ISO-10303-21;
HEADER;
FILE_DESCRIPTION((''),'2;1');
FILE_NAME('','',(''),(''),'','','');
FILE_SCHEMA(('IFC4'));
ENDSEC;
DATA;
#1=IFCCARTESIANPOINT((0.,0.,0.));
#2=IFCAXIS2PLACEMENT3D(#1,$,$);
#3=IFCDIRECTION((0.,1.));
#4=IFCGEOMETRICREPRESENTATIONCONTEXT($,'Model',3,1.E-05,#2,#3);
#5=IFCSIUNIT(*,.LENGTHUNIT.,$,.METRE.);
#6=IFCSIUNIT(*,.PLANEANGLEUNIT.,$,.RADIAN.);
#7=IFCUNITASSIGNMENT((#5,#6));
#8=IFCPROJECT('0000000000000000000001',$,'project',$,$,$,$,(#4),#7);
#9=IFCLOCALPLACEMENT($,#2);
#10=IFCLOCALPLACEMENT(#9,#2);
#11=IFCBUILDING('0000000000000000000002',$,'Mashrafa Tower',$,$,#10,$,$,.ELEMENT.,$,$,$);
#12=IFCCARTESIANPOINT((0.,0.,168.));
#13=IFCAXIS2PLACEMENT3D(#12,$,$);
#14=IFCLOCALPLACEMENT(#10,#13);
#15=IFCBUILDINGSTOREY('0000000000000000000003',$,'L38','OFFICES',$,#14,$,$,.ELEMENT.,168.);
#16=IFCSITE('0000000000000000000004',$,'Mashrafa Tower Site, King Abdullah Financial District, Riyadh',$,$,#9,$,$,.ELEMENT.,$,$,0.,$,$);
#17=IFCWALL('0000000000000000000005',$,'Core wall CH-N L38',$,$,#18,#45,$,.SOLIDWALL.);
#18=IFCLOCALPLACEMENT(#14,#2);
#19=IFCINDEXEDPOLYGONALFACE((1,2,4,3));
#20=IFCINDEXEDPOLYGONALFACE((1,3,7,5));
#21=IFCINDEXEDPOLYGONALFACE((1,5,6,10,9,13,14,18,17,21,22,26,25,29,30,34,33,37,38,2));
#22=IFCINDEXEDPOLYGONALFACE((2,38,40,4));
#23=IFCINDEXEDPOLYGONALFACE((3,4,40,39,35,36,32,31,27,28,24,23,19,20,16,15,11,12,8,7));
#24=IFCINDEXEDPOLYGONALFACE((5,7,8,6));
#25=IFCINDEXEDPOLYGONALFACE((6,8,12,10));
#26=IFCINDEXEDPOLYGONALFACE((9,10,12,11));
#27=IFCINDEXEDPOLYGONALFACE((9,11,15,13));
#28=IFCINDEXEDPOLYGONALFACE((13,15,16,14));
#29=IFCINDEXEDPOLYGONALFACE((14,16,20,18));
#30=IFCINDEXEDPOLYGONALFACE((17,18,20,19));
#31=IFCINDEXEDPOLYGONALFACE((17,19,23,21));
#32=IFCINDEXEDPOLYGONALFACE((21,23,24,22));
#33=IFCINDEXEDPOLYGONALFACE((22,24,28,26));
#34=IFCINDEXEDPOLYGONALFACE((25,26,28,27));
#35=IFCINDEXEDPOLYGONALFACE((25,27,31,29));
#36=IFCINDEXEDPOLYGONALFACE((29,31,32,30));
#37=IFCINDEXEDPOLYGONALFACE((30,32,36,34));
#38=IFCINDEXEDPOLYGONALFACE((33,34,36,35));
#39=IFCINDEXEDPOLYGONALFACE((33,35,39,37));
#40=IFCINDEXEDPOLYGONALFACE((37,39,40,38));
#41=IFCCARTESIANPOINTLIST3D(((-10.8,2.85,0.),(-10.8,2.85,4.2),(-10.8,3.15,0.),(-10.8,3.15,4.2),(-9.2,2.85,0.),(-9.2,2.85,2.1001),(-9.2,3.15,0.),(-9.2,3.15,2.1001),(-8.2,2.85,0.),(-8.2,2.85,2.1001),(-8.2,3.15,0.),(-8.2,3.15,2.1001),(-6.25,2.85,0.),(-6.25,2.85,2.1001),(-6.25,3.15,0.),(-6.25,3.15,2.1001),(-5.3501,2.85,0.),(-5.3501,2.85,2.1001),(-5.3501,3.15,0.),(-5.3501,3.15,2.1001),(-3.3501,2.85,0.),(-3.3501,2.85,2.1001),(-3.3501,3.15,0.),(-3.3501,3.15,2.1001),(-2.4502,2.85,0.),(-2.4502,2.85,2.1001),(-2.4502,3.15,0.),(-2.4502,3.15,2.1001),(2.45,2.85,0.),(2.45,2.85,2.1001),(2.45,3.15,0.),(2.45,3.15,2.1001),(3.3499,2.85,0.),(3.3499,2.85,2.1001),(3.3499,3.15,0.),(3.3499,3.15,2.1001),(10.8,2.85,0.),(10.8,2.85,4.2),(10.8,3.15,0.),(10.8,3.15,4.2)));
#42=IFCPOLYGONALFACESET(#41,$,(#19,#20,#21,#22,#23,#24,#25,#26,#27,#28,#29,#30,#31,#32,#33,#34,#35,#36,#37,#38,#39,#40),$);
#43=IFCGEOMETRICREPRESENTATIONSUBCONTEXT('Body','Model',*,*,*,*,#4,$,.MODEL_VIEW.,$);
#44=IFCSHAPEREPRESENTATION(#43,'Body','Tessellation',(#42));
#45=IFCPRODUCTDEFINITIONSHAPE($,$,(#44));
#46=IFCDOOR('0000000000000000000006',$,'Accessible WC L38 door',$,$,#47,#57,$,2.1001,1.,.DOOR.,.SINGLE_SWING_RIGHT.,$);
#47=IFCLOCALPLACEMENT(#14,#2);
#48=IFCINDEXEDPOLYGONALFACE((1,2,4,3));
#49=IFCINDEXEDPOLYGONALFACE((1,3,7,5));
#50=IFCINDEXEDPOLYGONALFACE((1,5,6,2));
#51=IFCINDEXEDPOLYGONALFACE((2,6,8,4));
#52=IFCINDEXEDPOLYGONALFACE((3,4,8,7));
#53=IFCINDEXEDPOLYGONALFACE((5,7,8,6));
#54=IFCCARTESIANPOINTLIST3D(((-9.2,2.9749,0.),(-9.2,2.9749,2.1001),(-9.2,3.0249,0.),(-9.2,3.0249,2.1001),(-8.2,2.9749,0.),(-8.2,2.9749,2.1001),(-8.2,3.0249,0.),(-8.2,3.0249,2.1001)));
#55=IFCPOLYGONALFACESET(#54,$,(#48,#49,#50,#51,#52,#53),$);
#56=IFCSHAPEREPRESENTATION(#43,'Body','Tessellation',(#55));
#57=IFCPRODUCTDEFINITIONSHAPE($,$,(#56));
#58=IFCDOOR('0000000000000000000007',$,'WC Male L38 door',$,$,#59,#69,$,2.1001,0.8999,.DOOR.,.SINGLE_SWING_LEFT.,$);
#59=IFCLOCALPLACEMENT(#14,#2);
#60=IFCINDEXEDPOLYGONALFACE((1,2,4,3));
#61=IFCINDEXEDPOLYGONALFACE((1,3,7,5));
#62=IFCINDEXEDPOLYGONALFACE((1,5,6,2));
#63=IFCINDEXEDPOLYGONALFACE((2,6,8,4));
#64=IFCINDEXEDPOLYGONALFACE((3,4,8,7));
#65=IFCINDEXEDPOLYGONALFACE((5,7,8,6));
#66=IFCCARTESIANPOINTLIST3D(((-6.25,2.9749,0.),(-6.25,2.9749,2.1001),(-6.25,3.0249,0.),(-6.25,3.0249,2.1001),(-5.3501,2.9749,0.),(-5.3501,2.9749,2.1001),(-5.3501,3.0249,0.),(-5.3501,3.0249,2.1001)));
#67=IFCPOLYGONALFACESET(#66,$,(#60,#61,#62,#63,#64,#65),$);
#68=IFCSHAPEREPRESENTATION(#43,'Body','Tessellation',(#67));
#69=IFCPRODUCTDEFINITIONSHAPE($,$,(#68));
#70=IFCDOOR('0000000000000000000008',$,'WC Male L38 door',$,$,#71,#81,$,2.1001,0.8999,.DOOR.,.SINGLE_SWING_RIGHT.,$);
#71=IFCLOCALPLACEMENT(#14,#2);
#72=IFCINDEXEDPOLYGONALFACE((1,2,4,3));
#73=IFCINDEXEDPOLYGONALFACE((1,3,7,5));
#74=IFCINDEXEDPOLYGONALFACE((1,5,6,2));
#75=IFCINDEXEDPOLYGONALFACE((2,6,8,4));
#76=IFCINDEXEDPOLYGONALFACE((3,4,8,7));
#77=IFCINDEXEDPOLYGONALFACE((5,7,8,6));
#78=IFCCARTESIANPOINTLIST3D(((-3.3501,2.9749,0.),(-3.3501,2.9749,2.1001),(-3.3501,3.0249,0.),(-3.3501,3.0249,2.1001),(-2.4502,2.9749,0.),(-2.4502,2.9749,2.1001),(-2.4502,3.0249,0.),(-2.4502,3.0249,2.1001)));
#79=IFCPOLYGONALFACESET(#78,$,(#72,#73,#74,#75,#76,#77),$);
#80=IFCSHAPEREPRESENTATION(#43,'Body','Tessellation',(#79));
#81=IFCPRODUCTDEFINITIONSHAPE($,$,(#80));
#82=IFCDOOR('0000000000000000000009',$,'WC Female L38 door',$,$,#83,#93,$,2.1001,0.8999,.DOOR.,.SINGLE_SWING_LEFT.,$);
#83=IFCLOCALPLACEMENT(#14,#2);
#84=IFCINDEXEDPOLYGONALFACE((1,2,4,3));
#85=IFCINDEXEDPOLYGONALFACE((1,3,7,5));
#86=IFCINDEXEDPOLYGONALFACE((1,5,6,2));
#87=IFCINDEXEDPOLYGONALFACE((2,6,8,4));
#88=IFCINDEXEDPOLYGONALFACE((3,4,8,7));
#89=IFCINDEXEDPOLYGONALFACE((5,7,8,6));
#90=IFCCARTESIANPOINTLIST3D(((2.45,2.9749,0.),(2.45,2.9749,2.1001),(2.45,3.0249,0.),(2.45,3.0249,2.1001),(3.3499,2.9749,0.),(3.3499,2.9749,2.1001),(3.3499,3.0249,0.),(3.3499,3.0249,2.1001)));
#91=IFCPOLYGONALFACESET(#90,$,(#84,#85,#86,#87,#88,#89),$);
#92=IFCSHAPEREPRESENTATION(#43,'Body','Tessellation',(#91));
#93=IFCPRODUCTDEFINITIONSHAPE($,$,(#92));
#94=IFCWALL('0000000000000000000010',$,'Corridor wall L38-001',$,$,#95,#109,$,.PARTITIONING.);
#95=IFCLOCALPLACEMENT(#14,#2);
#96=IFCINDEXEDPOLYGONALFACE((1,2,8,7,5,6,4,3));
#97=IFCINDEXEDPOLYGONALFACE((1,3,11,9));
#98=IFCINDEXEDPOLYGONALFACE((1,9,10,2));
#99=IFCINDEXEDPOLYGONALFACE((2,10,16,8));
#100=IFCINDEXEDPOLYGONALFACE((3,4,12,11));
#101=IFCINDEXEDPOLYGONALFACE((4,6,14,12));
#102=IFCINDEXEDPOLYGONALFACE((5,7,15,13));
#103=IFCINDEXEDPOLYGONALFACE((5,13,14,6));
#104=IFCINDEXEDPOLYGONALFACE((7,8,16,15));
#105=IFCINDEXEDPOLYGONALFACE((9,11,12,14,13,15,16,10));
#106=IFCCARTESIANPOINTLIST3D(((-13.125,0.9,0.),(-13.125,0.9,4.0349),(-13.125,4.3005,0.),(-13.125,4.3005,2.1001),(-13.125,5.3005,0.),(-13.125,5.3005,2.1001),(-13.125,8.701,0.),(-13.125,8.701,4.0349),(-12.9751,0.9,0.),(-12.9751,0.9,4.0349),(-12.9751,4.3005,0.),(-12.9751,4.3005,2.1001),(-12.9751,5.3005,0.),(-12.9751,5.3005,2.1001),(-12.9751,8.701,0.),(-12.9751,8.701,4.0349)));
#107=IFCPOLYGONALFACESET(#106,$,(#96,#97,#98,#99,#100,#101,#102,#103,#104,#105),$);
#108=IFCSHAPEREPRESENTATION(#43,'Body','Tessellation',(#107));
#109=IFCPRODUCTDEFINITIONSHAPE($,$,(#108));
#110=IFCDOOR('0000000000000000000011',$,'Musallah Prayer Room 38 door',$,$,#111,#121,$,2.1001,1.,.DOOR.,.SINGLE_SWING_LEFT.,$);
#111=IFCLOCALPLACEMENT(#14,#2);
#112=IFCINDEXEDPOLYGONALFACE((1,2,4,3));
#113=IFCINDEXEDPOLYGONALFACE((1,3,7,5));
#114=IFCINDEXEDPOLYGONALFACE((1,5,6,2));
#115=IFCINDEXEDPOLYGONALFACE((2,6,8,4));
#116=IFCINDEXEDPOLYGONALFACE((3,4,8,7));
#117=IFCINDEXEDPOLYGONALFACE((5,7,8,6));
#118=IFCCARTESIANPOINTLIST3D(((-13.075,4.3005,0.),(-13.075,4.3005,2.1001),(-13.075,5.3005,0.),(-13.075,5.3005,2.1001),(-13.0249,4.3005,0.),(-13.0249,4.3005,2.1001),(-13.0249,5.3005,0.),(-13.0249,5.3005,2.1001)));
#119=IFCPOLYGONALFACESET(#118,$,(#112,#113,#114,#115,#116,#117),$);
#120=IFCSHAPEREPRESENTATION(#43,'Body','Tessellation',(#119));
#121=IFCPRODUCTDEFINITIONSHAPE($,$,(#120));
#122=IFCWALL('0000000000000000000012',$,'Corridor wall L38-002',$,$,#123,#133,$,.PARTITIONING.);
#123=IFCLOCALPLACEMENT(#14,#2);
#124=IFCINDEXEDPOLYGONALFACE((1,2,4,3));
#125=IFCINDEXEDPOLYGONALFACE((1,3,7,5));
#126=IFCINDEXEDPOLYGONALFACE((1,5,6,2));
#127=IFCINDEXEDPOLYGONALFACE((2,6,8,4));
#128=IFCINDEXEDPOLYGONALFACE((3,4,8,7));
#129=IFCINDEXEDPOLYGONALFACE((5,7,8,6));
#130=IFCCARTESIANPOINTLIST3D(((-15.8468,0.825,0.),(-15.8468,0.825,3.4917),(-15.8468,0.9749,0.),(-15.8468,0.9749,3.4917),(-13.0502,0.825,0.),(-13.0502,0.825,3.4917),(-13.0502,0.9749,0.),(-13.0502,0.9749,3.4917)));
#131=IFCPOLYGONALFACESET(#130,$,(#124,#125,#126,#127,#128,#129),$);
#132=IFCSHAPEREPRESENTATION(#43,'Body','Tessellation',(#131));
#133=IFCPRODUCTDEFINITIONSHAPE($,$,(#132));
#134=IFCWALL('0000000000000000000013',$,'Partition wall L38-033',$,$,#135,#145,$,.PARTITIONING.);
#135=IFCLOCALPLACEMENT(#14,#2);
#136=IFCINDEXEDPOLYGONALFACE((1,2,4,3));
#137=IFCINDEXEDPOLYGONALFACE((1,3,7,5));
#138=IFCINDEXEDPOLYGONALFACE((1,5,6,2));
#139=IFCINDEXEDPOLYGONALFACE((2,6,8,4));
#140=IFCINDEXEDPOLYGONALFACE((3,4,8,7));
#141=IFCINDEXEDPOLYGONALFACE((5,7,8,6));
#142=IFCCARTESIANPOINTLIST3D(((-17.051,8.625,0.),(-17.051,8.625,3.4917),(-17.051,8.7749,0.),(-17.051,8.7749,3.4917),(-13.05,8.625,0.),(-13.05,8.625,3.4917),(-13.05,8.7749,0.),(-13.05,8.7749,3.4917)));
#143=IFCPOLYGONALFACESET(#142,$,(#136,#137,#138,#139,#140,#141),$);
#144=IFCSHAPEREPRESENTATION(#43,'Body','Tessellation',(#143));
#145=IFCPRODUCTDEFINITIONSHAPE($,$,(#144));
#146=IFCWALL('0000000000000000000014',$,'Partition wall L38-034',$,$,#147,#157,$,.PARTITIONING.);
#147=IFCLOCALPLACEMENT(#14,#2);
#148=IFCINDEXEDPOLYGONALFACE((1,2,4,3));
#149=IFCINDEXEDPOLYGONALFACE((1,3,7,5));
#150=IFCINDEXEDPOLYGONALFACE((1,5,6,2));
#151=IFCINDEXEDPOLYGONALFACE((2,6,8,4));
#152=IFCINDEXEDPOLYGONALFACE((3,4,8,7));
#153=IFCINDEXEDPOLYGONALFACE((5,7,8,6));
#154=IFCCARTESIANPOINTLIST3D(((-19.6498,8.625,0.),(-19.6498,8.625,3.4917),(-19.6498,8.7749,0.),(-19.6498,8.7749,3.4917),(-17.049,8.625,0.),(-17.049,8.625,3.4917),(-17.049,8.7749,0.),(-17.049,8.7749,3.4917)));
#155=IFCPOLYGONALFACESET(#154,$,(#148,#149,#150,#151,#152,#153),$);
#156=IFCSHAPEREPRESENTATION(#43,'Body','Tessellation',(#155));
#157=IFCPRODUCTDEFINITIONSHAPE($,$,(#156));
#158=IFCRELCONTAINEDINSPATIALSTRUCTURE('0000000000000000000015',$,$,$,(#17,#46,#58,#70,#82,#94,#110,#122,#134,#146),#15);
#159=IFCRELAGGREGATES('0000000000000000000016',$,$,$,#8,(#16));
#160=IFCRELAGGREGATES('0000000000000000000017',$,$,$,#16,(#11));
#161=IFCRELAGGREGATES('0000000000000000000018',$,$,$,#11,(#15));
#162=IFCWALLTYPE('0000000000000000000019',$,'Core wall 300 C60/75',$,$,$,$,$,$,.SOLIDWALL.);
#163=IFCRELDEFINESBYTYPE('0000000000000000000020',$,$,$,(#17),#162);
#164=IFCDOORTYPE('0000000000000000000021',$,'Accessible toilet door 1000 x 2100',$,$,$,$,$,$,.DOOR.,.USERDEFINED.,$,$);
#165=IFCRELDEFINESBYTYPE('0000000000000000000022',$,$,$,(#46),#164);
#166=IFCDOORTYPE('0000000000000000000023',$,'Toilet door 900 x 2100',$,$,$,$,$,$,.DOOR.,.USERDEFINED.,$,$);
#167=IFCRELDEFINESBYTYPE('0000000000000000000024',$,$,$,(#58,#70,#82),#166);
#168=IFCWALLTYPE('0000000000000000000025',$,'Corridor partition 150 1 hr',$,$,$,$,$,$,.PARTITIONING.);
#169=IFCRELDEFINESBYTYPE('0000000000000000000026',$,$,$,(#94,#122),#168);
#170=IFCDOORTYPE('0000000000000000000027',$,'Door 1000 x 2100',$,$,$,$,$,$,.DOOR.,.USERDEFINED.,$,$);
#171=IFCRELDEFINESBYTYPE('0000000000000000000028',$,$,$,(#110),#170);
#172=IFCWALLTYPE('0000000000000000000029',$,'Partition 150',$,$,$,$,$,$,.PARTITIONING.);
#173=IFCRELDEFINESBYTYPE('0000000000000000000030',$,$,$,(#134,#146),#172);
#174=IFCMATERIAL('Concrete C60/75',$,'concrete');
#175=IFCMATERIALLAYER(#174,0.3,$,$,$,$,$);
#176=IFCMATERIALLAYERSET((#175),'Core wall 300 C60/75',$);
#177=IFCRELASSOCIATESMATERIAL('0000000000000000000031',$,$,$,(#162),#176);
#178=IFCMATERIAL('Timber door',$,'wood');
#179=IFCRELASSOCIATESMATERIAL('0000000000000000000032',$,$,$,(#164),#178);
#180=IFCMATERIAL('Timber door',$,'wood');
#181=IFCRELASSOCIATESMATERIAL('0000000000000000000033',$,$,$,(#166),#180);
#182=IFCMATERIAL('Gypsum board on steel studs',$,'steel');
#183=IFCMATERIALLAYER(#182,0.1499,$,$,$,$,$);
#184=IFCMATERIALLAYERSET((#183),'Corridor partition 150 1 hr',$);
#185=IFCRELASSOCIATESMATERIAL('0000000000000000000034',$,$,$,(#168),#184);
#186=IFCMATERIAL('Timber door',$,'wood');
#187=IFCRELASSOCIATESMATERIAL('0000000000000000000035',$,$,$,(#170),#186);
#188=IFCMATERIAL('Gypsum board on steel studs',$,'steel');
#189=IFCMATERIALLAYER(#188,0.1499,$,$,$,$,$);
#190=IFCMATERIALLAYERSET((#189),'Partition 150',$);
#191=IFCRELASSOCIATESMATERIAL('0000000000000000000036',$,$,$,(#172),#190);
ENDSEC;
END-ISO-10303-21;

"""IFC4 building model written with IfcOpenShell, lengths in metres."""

from ifc_helpers import new_model, si_unit, direction, frame, frame_2d, origin, place, context, subcontext, project, spatial, rectangle, extrude, material, layer, layer_set, type_object, element, fill, save


model = new_model("IFC4")

# Units and contexts
model_context = context("Model", 3, precision=1e-05, world=origin(), true_north=direction((0.0, 1.0)))
body_context = subcontext(model_context, "Body", "Model", "MODEL_VIEW")
ifc_project = project(units=[si_unit("LENGTHUNIT", "METRE"), si_unit("PLANEANGLEUNIT", "RADIAN")], contexts=[model_context])

# Site, building, storey
site_placement = place(None, origin())
site = spatial("IfcSite", under=ifc_project, at=site_placement, Name="Mashrafa Tower Site, King Abdullah Financial District, Riyadh", CompositionType="ELEMENT", RefElevation=0.0)
building_placement = place(site_placement, origin())
building = spatial("IfcBuilding", under=site, at=building_placement, Name="Mashrafa Tower", CompositionType="ELEMENT")
storey_placement = place(building_placement, frame((0.0, 0.0, 168.0)))
storey = spatial("IfcBuildingStorey", under=building, at=storey_placement, Name="L38", Description="OFFICES", CompositionType="ELEMENT", Elevation=168.0)

# Wall, openings, doors
ifc_material_1 = material(Name="Concrete C60/75", Category="concrete")
ifc_layer_1 = layer(ifc_material_1, 0.3)
ifc_layer_set_1 = layer_set([ifc_layer_1], Name="Core wall 300 C60/75")
wall_type_1 = type_object("IfcWallType", Name="Core wall 300 C60/75", PredefinedType="SOLIDWALL", material=ifc_layer_set_1)
wall_1_placement = place(storey_placement, frame((-10.8, 3.0, 0.0), z_axis=(0.0, 0.0, 1.0), x_axis=(1.0, 0.0, 0.0)))
wall_1 = element("IfcWall", 1, at=wall_1_placement, inside=storey, type_object=wall_type_1, Name="Core wall CH-N L38", PredefinedType="SOLIDWALL", context=body_context, shape_type="SweptSolid", body=[
    extrude(rectangle(XDim=21.6001, YDim=0.3, at=frame_2d((10.8, 0.0))), origin(), (0.0, 0.0, 1.0), 4.2),
])
opening_1_placement = place(wall_1_placement, frame((1.6001, 0.0, 0.0)))
opening_1 = element("IfcOpeningElement", 2, at=opening_1_placement, cuts=wall_1, PredefinedType="OPENING", context=body_context, shape_type="SweptSolid", body=[
    extrude(rectangle(XDim=1.0, YDim=2.1001, at=frame_2d((0.5, 1.05))), frame((0.0, 0.1599, 0.0), z_axis=(0.0, -1.0, 0.0), x_axis=(1.0, 0.0, 0.0)), (0.0, 0.0, 1.0), 0.3201),
])
opening_2_placement = place(wall_1_placement, frame((4.55, 0.0, 0.0)))
opening_2 = element("IfcOpeningElement", 3, at=opening_2_placement, cuts=wall_1, PredefinedType="OPENING", context=body_context, shape_type="SweptSolid", body=[
    extrude(rectangle(XDim=0.8999, YDim=2.1001, at=frame_2d((0.45, 1.05))), frame((0.0, 0.1599, 0.0), z_axis=(0.0, -1.0, 0.0), x_axis=(1.0, 0.0, 0.0)), (0.0, 0.0, 1.0), 0.3201),
])
opening_3_placement = place(wall_1_placement, frame((7.45, 0.0, 0.0)))
opening_3 = element("IfcOpeningElement", 4, at=opening_3_placement, cuts=wall_1, PredefinedType="OPENING", context=body_context, shape_type="SweptSolid", body=[
    extrude(rectangle(XDim=0.8999, YDim=2.1001, at=frame_2d((0.45, 1.05))), frame((0.0, 0.1599, 0.0), z_axis=(0.0, -1.0, 0.0), x_axis=(1.0, 0.0, 0.0)), (0.0, 0.0, 1.0), 0.3201),
])
opening_4_placement = place(wall_1_placement, frame((13.25, 0.0, 0.0)))
opening_4 = element("IfcOpeningElement", 5, at=opening_4_placement, cuts=wall_1, PredefinedType="OPENING", context=body_context, shape_type="SweptSolid", body=[
    extrude(rectangle(XDim=0.8999, YDim=2.1001, at=frame_2d((0.45, 1.05))), frame((0.0, 0.1599, 0.0), z_axis=(0.0, -1.0, 0.0), x_axis=(1.0, 0.0, 0.0)), (0.0, 0.0, 1.0), 0.3201),
])
ifc_material_2 = material(Name="Timber door", Category="wood")
door_type_1 = type_object("IfcDoorType", Name="Accessible toilet door 1000 x 2100", OperationType="USERDEFINED", PredefinedType="DOOR", material=ifc_material_2)
door_1_placement = place(opening_1_placement, origin())
door_1 = element("IfcDoor", 6, at=door_1_placement, inside=storey, type_object=door_type_1, Name="Accessible WC L38 door", OperationType="SINGLE_SWING_RIGHT", OverallHeight=2.1001, OverallWidth=1.0, PredefinedType="DOOR", context=body_context, shape_type="SweptSolid", body=[
    extrude(rectangle(XDim=1.0, YDim=2.1001, at=frame_2d((0.5, 1.05))), frame((0.0, 0.0249, 0.0), z_axis=(0.0, -1.0, 0.0), x_axis=(1.0, 0.0, 0.0)), (0.0, 0.0, 1.0), 0.05),
])
fill(opening_1, door_1)
ifc_material_3 = material(Name="Timber door", Category="wood")
door_type_2 = type_object("IfcDoorType", Name="Toilet door 900 x 2100", OperationType="USERDEFINED", PredefinedType="DOOR", material=ifc_material_3)
door_2_placement = place(opening_2_placement, origin())
door_2 = element("IfcDoor", 7, at=door_2_placement, inside=storey, type_object=door_type_2, Name="WC Male L38 door", OperationType="SINGLE_SWING_LEFT", OverallHeight=2.1001, OverallWidth=0.8999, PredefinedType="DOOR", context=body_context, shape_type="SweptSolid", body=[
    extrude(rectangle(XDim=0.8999, YDim=2.1001, at=frame_2d((0.45, 1.05))), frame((0.0, 0.0249, 0.0), z_axis=(0.0, -1.0, 0.0), x_axis=(1.0, 0.0, 0.0)), (0.0, 0.0, 1.0), 0.05),
])
fill(opening_2, door_2)
door_3_placement = place(opening_3_placement, origin())
door_3 = element("IfcDoor", 8, at=door_3_placement, inside=storey, type_object=door_type_2, Name="WC Male L38 door", OperationType="SINGLE_SWING_RIGHT", OverallHeight=2.1001, OverallWidth=0.8999, PredefinedType="DOOR", context=body_context, shape_type="SweptSolid", body=[
    extrude(rectangle(XDim=0.8999, YDim=2.1001, at=frame_2d((0.45, 1.05))), frame((0.0, 0.0249, 0.0), z_axis=(0.0, -1.0, 0.0), x_axis=(1.0, 0.0, 0.0)), (0.0, 0.0, 1.0), 0.05),
])
fill(opening_3, door_3)
door_4_placement = place(opening_4_placement, origin())
door_4 = element("IfcDoor", 9, at=door_4_placement, inside=storey, type_object=door_type_2, Name="WC Female L38 door", OperationType="SINGLE_SWING_LEFT", OverallHeight=2.1001, OverallWidth=0.8999, PredefinedType="DOOR", context=body_context, shape_type="SweptSolid", body=[
    extrude(rectangle(XDim=0.8999, YDim=2.1001, at=frame_2d((0.45, 1.05))), frame((0.0, 0.0249, 0.0), z_axis=(0.0, -1.0, 0.0), x_axis=(1.0, 0.0, 0.0)), (0.0, 0.0, 1.0), 0.05),
])
fill(opening_4, door_4)

# Wall, opening, door
ifc_material_4 = material(Name="Gypsum board on steel studs", Category="steel")
ifc_layer_2 = layer(ifc_material_4, 0.1499)
ifc_layer_set_2 = layer_set([ifc_layer_2], Name="Corridor partition 150 1 hr")
wall_type_2 = type_object("IfcWallType", Name="Corridor partition 150 1 hr", PredefinedType="PARTITIONING", material=ifc_layer_set_2)
wall_2_placement = place(storey_placement, frame((-13.05, 8.7009, 0.0), z_axis=(0.0, 0.0, 1.0), x_axis=(0.0, -1.0, 0.0)))
wall_2 = element("IfcWall", 10, at=wall_2_placement, inside=storey, type_object=wall_type_2, Name="Corridor wall L38-001", PredefinedType="PARTITIONING", context=body_context, shape_type="SweptSolid", body=[
    extrude(rectangle(XDim=7.801, YDim=0.1499, at=frame_2d((3.9004, 0.0))), origin(), (0.0, 0.0, 1.0), 4.0349),
])
opening_5_placement = place(wall_2_placement, frame((3.4004, 0.0, 0.0)))
opening_5 = element("IfcOpeningElement", 11, at=opening_5_placement, cuts=wall_2, PredefinedType="OPENING", context=body_context, shape_type="SweptSolid", body=[
    extrude(rectangle(XDim=1.0, YDim=2.1001, at=frame_2d((0.5, 1.05))), frame((0.0, 0.085, 0.0), z_axis=(0.0, -1.0, 0.0), x_axis=(1.0, 0.0, 0.0)), (0.0, 0.0, 1.0), 0.1699),
])
ifc_material_5 = material(Name="Timber door", Category="wood")
door_type_3 = type_object("IfcDoorType", Name="Door 1000 x 2100", OperationType="USERDEFINED", PredefinedType="DOOR", material=ifc_material_5)
door_5_placement = place(opening_5_placement, frame((1.0, 0.0, 0.0), z_axis=(0.0, 0.0, 1.0), x_axis=(-1.0, 0.0, 0.0)))
door_5 = element("IfcDoor", 12, at=door_5_placement, inside=storey, type_object=door_type_3, Name="Musallah Prayer Room 38 door", OperationType="SINGLE_SWING_LEFT", OverallHeight=2.1001, OverallWidth=1.0, PredefinedType="DOOR", context=body_context, shape_type="SweptSolid", body=[
    extrude(rectangle(XDim=1.0, YDim=2.1001, at=frame_2d((0.5, 1.05))), frame((0.0, 0.0249, 0.0), z_axis=(0.0, -1.0, 0.0), x_axis=(1.0, 0.0, 0.0)), (0.0, 0.0, 1.0), 0.05),
])
fill(opening_5, door_5)

# Wall
wall_3_placement = place(storey_placement, frame((-13.05, 0.8999, 0.0), z_axis=(0.0, 0.0, 1.0), x_axis=(-1.0, 0.0, 0.0)))
element("IfcWall", 13, at=wall_3_placement, inside=storey, type_object=wall_type_2, Name="Corridor wall L38-002", PredefinedType="PARTITIONING", context=body_context, shape_type="SweptSolid", body=[
    extrude(rectangle(XDim=2.7966, YDim=0.1499, at=frame_2d((1.3984, 0.0))), origin(), (0.0, 0.0, 1.0), 3.4917),
])

# Walls
ifc_material_6 = material(Name="Gypsum board on steel studs", Category="steel")
ifc_layer_3 = layer(ifc_material_6, 0.1499)
ifc_layer_set_3 = layer_set([ifc_layer_3], Name="Partition 150")
wall_type_3 = type_object("IfcWallType", Name="Partition 150", PredefinedType="PARTITIONING", material=ifc_layer_set_3)
wall_4_placement = place(storey_placement, frame((-13.05, 8.7, 0.0), z_axis=(0.0, 0.0, 1.0), x_axis=(-1.0, 0.0, 0.0)))
element("IfcWall", 14, at=wall_4_placement, inside=storey, type_object=wall_type_3, Name="Partition wall L38-033", PredefinedType="PARTITIONING", context=body_context, shape_type="SweptSolid", body=[
    extrude(rectangle(XDim=4.001, YDim=0.1499, at=frame_2d((2.0005, 0.0))), origin(), (0.0, 0.0, 1.0), 3.4917),
])
wall_5_placement = place(storey_placement, frame((-17.0491, 8.7, 0.0), z_axis=(0.0, 0.0, 1.0), x_axis=(-1.0, 0.0, 0.0)))
element("IfcWall", 15, at=wall_5_placement, inside=storey, type_object=wall_type_3, Name="Partition wall L38-034", PredefinedType="PARTITIONING", context=body_context, shape_type="SweptSolid", body=[
    extrude(rectangle(XDim=2.6008, YDim=0.1499, at=frame_2d((1.3003, 0.0))), origin(), (0.0, 0.0, 1.0), 3.4917),
])

save(model, "model.ifc")
